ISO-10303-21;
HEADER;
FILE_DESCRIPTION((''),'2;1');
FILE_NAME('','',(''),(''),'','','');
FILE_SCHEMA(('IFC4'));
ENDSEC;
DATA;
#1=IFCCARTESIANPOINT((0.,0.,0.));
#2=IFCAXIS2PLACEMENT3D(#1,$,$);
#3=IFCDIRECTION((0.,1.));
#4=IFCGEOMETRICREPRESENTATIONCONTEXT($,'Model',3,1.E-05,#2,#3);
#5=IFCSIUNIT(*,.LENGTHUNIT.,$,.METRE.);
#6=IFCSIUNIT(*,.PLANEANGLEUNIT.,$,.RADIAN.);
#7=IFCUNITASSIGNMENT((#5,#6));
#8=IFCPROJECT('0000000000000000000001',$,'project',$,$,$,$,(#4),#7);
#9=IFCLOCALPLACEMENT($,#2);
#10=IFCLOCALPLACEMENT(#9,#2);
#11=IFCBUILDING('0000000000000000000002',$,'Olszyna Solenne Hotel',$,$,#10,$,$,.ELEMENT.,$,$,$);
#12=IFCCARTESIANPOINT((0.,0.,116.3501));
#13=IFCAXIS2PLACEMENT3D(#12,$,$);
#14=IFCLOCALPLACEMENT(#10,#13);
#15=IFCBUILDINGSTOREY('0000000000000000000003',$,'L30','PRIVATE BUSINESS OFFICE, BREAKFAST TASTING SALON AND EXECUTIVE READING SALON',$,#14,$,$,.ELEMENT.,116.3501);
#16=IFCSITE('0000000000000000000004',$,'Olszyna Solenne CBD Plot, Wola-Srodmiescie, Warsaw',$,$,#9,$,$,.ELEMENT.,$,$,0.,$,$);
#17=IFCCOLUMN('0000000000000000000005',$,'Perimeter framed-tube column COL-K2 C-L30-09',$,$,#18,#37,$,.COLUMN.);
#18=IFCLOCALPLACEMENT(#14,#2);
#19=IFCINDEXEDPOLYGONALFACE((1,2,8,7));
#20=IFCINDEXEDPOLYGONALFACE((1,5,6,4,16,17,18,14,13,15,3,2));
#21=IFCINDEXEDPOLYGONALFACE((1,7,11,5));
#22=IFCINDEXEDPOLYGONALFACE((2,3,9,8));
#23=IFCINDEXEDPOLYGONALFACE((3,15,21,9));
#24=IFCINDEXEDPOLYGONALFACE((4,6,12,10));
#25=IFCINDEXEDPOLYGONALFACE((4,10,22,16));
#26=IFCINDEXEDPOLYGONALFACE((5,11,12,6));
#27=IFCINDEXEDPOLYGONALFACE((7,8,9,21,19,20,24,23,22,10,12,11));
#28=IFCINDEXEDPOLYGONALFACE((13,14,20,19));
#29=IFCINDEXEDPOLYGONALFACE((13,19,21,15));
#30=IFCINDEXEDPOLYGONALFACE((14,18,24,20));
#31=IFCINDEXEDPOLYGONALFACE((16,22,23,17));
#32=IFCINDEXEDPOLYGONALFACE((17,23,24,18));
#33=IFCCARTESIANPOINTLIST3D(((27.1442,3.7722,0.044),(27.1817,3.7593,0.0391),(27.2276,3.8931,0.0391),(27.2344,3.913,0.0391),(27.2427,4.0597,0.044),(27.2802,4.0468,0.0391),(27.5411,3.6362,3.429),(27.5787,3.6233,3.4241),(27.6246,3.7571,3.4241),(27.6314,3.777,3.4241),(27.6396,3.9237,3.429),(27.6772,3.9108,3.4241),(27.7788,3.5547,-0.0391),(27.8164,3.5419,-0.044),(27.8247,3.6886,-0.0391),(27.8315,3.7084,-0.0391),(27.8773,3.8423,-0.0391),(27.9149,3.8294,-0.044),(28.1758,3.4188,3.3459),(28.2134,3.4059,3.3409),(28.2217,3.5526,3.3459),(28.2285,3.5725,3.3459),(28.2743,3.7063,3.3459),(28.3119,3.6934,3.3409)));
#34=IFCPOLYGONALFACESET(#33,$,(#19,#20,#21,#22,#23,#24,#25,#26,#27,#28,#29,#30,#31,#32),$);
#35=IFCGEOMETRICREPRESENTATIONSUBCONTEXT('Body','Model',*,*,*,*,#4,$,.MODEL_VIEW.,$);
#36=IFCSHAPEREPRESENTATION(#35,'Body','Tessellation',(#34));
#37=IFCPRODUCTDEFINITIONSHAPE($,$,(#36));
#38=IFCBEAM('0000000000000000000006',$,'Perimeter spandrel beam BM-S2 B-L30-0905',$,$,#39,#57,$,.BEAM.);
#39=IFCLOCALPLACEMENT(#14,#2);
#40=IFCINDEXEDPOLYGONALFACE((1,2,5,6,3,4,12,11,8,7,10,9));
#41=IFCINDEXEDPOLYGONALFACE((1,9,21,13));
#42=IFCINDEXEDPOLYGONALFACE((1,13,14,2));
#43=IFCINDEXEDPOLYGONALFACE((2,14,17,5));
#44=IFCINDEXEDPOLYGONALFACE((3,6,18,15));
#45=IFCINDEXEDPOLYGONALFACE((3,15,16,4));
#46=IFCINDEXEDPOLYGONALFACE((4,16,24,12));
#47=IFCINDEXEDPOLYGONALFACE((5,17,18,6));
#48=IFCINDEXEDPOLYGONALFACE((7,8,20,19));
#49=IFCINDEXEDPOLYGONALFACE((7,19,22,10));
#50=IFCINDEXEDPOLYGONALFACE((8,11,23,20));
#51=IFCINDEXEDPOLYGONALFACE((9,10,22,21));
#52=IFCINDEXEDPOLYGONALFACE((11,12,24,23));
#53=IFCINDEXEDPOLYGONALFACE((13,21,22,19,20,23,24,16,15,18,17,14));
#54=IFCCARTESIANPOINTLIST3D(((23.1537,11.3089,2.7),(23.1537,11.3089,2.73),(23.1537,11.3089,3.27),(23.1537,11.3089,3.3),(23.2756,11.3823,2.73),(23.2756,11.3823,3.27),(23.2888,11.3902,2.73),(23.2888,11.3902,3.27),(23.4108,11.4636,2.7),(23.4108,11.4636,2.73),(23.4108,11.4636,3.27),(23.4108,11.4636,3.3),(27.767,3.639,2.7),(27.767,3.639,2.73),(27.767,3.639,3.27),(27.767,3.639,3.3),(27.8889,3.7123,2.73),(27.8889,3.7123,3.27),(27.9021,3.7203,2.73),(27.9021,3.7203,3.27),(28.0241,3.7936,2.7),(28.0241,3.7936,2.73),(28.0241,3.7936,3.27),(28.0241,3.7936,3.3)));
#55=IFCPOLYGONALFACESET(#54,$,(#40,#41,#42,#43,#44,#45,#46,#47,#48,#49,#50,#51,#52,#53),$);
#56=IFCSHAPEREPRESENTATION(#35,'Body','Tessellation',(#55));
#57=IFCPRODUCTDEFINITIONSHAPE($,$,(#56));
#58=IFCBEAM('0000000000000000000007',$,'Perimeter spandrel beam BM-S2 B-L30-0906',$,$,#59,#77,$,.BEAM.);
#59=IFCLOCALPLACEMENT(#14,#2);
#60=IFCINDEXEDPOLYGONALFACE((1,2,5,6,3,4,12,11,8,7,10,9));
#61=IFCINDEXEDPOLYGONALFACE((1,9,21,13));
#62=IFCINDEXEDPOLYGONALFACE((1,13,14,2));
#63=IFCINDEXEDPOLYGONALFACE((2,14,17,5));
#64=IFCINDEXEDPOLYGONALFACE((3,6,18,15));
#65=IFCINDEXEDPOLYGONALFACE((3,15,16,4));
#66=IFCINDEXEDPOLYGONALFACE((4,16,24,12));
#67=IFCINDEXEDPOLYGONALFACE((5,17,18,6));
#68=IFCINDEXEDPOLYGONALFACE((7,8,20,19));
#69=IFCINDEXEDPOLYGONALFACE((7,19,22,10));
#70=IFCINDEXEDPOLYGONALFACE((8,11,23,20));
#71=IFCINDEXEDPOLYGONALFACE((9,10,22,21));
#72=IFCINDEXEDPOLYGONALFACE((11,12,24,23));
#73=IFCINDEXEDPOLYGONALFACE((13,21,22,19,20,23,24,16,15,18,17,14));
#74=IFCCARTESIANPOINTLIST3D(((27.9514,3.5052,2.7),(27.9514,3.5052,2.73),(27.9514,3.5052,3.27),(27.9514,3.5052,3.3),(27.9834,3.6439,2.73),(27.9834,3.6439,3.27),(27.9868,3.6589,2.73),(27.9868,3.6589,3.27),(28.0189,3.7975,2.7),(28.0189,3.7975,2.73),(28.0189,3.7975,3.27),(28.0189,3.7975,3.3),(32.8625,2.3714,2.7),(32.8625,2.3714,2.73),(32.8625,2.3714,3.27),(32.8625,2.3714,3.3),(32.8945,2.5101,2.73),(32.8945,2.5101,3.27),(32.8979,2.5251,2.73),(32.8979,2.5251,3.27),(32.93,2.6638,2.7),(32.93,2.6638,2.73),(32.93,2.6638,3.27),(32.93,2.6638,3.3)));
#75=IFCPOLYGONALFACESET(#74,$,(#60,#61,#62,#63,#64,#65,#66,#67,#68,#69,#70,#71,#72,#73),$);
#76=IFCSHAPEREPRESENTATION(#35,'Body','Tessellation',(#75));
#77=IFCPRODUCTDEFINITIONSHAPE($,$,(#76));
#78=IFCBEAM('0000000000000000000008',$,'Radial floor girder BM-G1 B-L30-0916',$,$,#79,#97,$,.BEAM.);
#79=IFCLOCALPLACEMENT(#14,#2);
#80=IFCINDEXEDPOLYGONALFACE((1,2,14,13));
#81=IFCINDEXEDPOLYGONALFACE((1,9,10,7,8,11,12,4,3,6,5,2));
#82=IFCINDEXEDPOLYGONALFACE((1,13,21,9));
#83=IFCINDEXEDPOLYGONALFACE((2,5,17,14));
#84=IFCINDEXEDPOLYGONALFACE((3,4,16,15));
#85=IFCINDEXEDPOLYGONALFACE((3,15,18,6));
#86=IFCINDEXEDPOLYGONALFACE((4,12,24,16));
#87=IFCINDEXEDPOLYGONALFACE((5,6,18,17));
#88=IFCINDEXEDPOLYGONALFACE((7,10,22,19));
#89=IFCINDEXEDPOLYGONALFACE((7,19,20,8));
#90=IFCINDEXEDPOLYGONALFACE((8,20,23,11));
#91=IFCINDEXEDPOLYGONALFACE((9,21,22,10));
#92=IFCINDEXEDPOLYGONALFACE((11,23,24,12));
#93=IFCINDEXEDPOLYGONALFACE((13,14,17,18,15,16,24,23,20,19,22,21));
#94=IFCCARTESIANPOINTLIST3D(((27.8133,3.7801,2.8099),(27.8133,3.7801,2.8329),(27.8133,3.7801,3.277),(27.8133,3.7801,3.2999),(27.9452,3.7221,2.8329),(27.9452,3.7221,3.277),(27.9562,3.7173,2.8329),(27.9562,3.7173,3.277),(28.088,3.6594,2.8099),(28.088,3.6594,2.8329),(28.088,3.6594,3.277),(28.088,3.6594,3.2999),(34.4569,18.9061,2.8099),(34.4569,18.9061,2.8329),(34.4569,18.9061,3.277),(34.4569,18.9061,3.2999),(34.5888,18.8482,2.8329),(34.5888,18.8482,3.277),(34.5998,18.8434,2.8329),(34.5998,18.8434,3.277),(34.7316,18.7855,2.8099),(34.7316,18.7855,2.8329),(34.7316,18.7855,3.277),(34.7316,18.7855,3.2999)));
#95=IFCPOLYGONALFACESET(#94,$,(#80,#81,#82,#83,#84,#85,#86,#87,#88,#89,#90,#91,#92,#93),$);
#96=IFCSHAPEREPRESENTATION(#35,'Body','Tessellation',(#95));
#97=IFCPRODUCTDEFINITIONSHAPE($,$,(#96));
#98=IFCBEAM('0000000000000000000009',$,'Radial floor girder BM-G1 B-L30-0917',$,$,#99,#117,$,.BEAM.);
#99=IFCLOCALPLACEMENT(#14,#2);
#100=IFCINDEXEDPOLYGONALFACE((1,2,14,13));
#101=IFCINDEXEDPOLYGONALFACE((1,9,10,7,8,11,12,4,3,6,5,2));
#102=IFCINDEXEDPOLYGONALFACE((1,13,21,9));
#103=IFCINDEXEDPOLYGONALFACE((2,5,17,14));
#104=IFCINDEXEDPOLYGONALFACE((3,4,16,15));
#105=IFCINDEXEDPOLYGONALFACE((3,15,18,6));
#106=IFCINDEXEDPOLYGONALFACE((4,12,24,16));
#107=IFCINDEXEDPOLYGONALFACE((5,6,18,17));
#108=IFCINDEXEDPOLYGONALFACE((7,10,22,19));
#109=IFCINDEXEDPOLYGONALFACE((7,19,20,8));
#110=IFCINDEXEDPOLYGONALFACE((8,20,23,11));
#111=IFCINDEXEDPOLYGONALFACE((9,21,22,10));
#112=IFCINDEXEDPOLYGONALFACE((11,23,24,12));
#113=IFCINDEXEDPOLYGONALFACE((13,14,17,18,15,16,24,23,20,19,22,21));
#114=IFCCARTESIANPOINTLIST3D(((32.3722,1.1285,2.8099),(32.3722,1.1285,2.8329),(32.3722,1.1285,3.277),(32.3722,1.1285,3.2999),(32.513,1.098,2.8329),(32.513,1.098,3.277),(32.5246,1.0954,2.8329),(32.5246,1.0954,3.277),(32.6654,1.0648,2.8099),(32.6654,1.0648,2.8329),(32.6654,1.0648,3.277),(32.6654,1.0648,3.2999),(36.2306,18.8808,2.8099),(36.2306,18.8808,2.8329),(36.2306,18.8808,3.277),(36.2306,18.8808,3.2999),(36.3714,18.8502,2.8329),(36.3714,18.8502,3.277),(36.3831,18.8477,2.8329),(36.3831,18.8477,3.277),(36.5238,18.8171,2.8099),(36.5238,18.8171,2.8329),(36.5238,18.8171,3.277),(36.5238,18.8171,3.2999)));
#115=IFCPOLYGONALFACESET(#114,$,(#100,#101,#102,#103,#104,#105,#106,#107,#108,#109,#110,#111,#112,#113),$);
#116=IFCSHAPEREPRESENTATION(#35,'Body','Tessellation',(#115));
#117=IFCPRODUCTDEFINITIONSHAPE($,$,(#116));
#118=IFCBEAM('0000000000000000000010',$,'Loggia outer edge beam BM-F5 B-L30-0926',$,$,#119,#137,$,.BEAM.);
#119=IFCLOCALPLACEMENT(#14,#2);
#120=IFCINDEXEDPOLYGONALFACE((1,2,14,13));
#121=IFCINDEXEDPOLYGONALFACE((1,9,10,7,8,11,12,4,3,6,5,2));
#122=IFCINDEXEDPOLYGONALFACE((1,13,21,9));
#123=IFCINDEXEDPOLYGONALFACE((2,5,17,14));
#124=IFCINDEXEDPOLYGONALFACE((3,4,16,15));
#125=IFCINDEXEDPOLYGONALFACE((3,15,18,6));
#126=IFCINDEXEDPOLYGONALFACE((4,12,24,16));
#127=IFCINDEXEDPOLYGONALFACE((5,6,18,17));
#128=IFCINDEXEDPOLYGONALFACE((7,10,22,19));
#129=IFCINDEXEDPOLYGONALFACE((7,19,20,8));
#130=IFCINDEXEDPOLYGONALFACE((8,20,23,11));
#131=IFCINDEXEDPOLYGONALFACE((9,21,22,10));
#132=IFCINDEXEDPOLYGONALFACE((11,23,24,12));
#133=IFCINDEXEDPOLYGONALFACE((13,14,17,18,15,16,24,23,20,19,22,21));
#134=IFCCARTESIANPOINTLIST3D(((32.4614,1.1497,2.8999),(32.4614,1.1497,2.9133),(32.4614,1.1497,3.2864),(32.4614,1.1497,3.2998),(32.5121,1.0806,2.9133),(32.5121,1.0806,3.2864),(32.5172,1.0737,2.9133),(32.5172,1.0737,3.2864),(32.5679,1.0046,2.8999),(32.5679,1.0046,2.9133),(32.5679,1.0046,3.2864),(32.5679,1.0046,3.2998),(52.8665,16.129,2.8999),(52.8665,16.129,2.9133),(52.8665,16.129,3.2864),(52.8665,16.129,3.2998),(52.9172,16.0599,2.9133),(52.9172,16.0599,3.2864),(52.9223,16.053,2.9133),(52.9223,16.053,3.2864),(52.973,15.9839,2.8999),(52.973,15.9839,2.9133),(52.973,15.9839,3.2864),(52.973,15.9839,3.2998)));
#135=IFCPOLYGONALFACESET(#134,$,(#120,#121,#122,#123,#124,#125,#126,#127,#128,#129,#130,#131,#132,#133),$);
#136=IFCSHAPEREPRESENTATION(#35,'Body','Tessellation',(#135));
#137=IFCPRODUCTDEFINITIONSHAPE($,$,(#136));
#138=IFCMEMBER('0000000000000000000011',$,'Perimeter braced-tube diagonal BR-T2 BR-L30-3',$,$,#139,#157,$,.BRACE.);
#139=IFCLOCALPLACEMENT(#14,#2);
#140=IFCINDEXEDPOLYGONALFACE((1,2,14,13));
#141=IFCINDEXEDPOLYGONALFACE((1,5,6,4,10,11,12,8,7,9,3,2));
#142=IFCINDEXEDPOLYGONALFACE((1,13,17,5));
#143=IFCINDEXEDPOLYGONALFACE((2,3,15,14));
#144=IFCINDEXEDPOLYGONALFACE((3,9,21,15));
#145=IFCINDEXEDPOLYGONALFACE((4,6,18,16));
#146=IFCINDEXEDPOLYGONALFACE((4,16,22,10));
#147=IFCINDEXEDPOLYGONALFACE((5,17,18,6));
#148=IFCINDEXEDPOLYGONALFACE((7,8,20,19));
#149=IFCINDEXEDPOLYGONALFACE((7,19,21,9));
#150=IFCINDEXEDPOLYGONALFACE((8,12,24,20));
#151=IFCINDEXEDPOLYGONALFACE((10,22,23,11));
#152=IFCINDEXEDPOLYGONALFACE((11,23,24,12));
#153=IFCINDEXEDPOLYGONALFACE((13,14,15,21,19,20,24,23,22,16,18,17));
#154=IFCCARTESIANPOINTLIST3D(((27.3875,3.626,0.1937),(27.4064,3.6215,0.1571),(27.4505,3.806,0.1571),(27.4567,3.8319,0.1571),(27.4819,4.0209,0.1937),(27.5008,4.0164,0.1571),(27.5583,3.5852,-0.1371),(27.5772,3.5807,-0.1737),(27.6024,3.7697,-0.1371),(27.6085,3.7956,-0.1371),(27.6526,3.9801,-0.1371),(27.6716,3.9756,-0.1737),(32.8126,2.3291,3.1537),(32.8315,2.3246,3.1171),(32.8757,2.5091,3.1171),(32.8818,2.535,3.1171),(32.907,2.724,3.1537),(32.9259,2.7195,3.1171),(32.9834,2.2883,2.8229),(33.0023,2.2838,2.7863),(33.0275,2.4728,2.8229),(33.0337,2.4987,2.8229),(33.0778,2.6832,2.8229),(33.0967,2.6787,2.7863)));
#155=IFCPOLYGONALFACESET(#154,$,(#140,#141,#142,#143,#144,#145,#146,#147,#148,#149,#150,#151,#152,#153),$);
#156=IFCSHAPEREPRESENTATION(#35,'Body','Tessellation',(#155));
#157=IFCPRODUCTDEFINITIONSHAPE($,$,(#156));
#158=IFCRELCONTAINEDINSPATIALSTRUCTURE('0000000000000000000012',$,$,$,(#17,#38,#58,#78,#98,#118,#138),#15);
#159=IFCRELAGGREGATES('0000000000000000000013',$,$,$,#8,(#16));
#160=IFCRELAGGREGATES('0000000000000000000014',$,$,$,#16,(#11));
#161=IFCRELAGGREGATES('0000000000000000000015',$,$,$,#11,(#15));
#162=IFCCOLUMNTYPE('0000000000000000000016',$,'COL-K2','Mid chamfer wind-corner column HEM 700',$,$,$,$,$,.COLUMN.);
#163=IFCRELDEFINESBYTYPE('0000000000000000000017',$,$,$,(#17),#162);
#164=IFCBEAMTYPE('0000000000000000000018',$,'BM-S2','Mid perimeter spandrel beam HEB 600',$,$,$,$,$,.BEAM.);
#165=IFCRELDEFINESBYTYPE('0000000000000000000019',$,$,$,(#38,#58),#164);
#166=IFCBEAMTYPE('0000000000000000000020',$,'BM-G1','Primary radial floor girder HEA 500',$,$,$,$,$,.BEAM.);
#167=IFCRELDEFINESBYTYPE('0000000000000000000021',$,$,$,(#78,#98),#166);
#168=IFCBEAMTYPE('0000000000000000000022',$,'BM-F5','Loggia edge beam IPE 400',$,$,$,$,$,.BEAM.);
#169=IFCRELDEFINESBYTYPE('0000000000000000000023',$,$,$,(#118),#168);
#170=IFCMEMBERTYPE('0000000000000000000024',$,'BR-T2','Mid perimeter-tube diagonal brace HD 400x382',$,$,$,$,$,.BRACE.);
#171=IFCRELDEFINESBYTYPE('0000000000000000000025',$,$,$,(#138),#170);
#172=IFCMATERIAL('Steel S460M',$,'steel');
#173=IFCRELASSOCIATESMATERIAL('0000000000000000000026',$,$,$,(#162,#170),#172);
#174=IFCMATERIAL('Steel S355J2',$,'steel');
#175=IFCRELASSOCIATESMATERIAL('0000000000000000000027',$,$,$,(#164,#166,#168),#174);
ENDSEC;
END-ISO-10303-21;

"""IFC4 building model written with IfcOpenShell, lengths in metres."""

from ifc_helpers import new_model, si_unit, direction, frame, origin, origin_2d, place, context, subcontext, project, spatial, i_section, extrude, source, transform, mapped, material, material_profile, profile_set, type_object, element, save


model = new_model("IFC4")

# Units and contexts
model_context = context("Model", 3, precision=1e-05, world=origin(), true_north=direction((0.0, 1.0)))
body_context = subcontext(model_context, "Body", "Model", "MODEL_VIEW")
ifc_project = project(units=[si_unit("LENGTHUNIT", "METRE"), si_unit("PLANEANGLEUNIT", "RADIAN")], contexts=[model_context])

# Site, building, storey
site_placement = place(None, origin())
site = spatial("IfcSite", under=ifc_project, at=site_placement, Name="Olszyna Solenne CBD Plot, Wola-Srodmiescie, Warsaw", CompositionType="ELEMENT", RefElevation=0.0)
building_placement = place(site_placement, origin())
building = spatial("IfcBuilding", under=site, at=building_placement, Name="Olszyna Solenne Hotel", CompositionType="ELEMENT")
storey_placement = place(building_placement, frame((0.0, 0.0, 116.3501)))
storey = spatial("IfcBuildingStorey", under=building, at=storey_placement, Name="L30", Description="PRIVATE BUSINESS OFFICE, BREAKFAST TASTING SALON AND EXECUTIVE READING SALON", CompositionType="ELEMENT", Elevation=116.3501)

# Column
ifc_material_1 = material(Name="Steel S460M", Category="steel")
ifc_material_profile_1 = material_profile(ifc_material_1, i_section(OverallWidth=0.304, OverallDepth=0.7161, WebThickness=0.021, FlangeThickness=0.04, at=origin_2d()), Name="HEM 700", Category="load-bearing")
ifc_profile_set_1 = profile_set([ifc_material_profile_1], Name="Steel S460M")
column_type = type_object("IfcColumnType", Name="COL-K2", Description="Mid chamfer wind-corner column HEM 700", PredefinedType="COLUMN", material=ifc_profile_set_1)
shared_shape_1 = source(origin(), body_context, "Body", "SweptSolid", [
    extrude(i_section(OverallWidth=0.304, OverallDepth=0.7161, WebThickness=0.021, FlangeThickness=0.04, at=origin_2d()), origin(), (0.0, 0.0, 1.0), 3.4109),
])
column_placement = place(storey_placement, frame((27.5295, 3.8008, 0.0), z_axis=(0.116383, -0.039868, 0.992404), x_axis=(0.324071, 0.946033, 0.0)))
element("IfcColumn", 1, at=column_placement, inside=storey, type_object=column_type, Name="Perimeter framed-tube column COL-K2 C-L30-09", PredefinedType="COLUMN", context=body_context, shape_type="MappedRepresentation", body=[
    mapped(shared_shape_1, transform((0.0, 0.0, 0.0), x_axis=(1.0, 0.0, 0.0), y_axis=(0.0, 1.0, 0.0), z_axis=(0.0, 0.0, 1.0), scale=1.0)),
])

# Beams
ifc_material_2 = material(Name="Steel S355J2", Category="steel")
ifc_material_profile_2 = material_profile(ifc_material_2, i_section(OverallWidth=0.3, OverallDepth=0.6001, WebThickness=0.0154, FlangeThickness=0.03, at=origin_2d()), Name="HEB 600", Category="load-bearing")
ifc_profile_set_2 = profile_set([ifc_material_profile_2], Name="Steel S355J2")
beam_type_1 = type_object("IfcBeamType", Name="BM-S2", Description="Mid perimeter spandrel beam HEB 600", PredefinedType="BEAM", material=ifc_profile_set_2)
shared_shape_2 = source(origin(), body_context, "Body", "SweptSolid", [
    extrude(i_section(OverallWidth=0.3, OverallDepth=0.6001, WebThickness=0.0154, FlangeThickness=0.03, at=origin_2d()), origin(), (0.0, 0.0, 1.0), 8.9504),
])
beam_1_placement = place(storey_placement, frame((23.2822, 11.3862, 3.0), z_axis=(0.515426, -0.856934, 0.0), x_axis=(0.856934, 0.515426, 0.0)))
element("IfcBeam", 2, at=beam_1_placement, inside=storey, type_object=beam_type_1, Name="Perimeter spandrel beam BM-S2 B-L30-0905", PredefinedType="BEAM", context=body_context, shape_type="MappedRepresentation", body=[
    mapped(shared_shape_2, transform((0.0, 0.0, 0.0), x_axis=(1.0, 0.0, 0.0), y_axis=(0.0, 1.0, 0.0), z_axis=(0.0, 0.0, 1.0), scale=1.0)),
])
shared_shape_3 = source(origin(), body_context, "Body", "SweptSolid", [
    extrude(i_section(OverallWidth=0.3, OverallDepth=0.6001, WebThickness=0.0154, FlangeThickness=0.03, at=origin_2d()), origin(), (0.0, 0.0, 1.0), 5.0403),
])
beam_2_placement = place(storey_placement, frame((27.9851, 3.6514, 3.0), z_axis=(0.974372, -0.224944, 0.0), x_axis=(0.224944, 0.974372, 0.0)))
element("IfcBeam", 3, at=beam_2_placement, inside=storey, type_object=beam_type_1, Name="Perimeter spandrel beam BM-S2 B-L30-0906", PredefinedType="BEAM", context=body_context, shape_type="MappedRepresentation", body=[
    mapped(shared_shape_3, transform((0.0, 0.0, 0.0), x_axis=(1.0, 0.0, 0.0), y_axis=(0.0, 1.0, 0.0), z_axis=(0.0, 0.0, 1.0), scale=1.0)),
])
ifc_material_profile_3 = material_profile(ifc_material_2, i_section(OverallWidth=0.3, OverallDepth=0.49, WebThickness=0.012, FlangeThickness=0.0229, at=origin_2d()), Name="HEA 500", Category="load-bearing")
ifc_profile_set_3 = profile_set([ifc_material_profile_3], Name="Steel S355J2")
beam_type_2 = type_object("IfcBeamType", Name="BM-G1", Description="Primary radial floor girder HEA 500", PredefinedType="BEAM", material=ifc_profile_set_3)
shared_shape_4 = source(origin(), body_context, "Body", "SweptSolid", [
    extrude(i_section(OverallWidth=0.3, OverallDepth=0.49, WebThickness=0.012, FlangeThickness=0.0229, at=origin_2d()), origin(), (0.0, 0.0, 1.0), 16.5208),
])
beam_3_placement = place(storey_placement, frame((27.9507, 3.7197, 3.0549), z_axis=(0.402136, 0.91558, 0.0), x_axis=(-0.91558, 0.402136, 0.0)))
element("IfcBeam", 4, at=beam_3_placement, inside=storey, type_object=beam_type_2, Name="Radial floor girder BM-G1 B-L30-0916", PredefinedType="BEAM", context=body_context, shape_type="MappedRepresentation", body=[
    mapped(shared_shape_4, transform((0.0, 0.0, 0.0), x_axis=(1.0, 0.0, 0.0), y_axis=(0.0, 1.0, 0.0), z_axis=(0.0, 0.0, 1.0), scale=1.0)),
])
shared_shape_5 = source(origin(), body_context, "Body", "SweptSolid", [
    extrude(i_section(OverallWidth=0.3, OverallDepth=0.49, WebThickness=0.012, FlangeThickness=0.0229, at=origin_2d()), origin(), (0.0, 0.0, 1.0), 18.1667),
])
beam_4_placement = place(storey_placement, frame((32.5188, 1.0967, 3.0549), z_axis=(0.212389, 0.977185, 0.0), x_axis=(-0.977185, 0.212389, 0.0)))
element("IfcBeam", 5, at=beam_4_placement, inside=storey, type_object=beam_type_2, Name="Radial floor girder BM-G1 B-L30-0917", PredefinedType="BEAM", context=body_context, shape_type="MappedRepresentation", body=[
    mapped(shared_shape_5, transform((0.0, 0.0, 0.0), x_axis=(1.0, 0.0, 0.0), y_axis=(0.0, 1.0, 0.0), z_axis=(0.0, 0.0, 1.0), scale=1.0)),
])
ifc_material_profile_4 = material_profile(ifc_material_2, i_section(OverallWidth=0.1799, OverallDepth=0.3999, WebThickness=0.0085, FlangeThickness=0.0134, at=origin_2d()), Name="IPE 400", Category="load-bearing")
ifc_profile_set_4 = profile_set([ifc_material_profile_4], Name="Steel S355J2")
beam_type_3 = type_object("IfcBeamType", Name="BM-F5", Description="Loggia edge beam IPE 400", PredefinedType="BEAM", material=ifc_profile_set_4)
shared_shape_6 = source(origin(), body_context, "Body", "SweptSolid", [
    extrude(i_section(OverallWidth=0.1799, OverallDepth=0.3999, WebThickness=0.0085, FlangeThickness=0.0134, at=origin_2d()), origin(), (0.0, 0.0, 1.0), 25.313),
])
beam_5_placement = place(storey_placement, frame((32.5146, 1.0771, 3.0999), z_axis=(0.806112, 0.591763, 0.0), x_axis=(-0.591763, 0.806112, 0.0)))
element("IfcBeam", 6, at=beam_5_placement, inside=storey, type_object=beam_type_3, Name="Loggia outer edge beam BM-F5 B-L30-0926", PredefinedType="BEAM", context=body_context, shape_type="MappedRepresentation", body=[
    mapped(shared_shape_6, transform((0.0, 0.0, 0.0), x_axis=(1.0, 0.0, 0.0), y_axis=(0.0, 1.0, 0.0), z_axis=(0.0, 0.0, 1.0), scale=1.0)),
])

# Member
ifc_material_profile_5 = material_profile(ifc_material_1, i_section(OverallWidth=0.406, OverallDepth=0.416, WebThickness=0.0266, FlangeThickness=0.0415, at=origin_2d()), Name="HD 400x382", Category="load-bearing")
ifc_profile_set_5 = profile_set([ifc_material_profile_5], Name="Steel S460M")
member_type_1 = type_object("IfcMemberType", Name="BR-T2", Description="Mid perimeter-tube diagonal brace HD 400x382", PredefinedType="BRACE", material=ifc_profile_set_5)
shared_shape_7 = source(origin(), body_context, "Body", "SweptSolid", [
    extrude(i_section(OverallWidth=0.406, OverallDepth=0.416, WebThickness=0.0266, FlangeThickness=0.0415, at=origin_2d()), origin(), (0.0, 0.0, 1.0), 6.3147),
])
member_1_placement = place(storey_placement, frame((27.5295, 3.8008, 0.01), z_axis=(0.859125, -0.205377, 0.468747), x_axis=(0.232502, 0.972596, 0.0)))
element("IfcMember", 7, at=member_1_placement, inside=storey, type_object=member_type_1, Name="Perimeter braced-tube diagonal BR-T2 BR-L30-3", PredefinedType="BRACE", context=body_context, shape_type="MappedRepresentation", body=[
    mapped(shared_shape_7, transform((0.0, 0.0, 0.0), x_axis=(1.0, 0.0, 0.0), y_axis=(0.0, 1.0, 0.0), z_axis=(0.0, 0.0, 1.0), scale=1.0)),
])

save(model, "model.ifc")
